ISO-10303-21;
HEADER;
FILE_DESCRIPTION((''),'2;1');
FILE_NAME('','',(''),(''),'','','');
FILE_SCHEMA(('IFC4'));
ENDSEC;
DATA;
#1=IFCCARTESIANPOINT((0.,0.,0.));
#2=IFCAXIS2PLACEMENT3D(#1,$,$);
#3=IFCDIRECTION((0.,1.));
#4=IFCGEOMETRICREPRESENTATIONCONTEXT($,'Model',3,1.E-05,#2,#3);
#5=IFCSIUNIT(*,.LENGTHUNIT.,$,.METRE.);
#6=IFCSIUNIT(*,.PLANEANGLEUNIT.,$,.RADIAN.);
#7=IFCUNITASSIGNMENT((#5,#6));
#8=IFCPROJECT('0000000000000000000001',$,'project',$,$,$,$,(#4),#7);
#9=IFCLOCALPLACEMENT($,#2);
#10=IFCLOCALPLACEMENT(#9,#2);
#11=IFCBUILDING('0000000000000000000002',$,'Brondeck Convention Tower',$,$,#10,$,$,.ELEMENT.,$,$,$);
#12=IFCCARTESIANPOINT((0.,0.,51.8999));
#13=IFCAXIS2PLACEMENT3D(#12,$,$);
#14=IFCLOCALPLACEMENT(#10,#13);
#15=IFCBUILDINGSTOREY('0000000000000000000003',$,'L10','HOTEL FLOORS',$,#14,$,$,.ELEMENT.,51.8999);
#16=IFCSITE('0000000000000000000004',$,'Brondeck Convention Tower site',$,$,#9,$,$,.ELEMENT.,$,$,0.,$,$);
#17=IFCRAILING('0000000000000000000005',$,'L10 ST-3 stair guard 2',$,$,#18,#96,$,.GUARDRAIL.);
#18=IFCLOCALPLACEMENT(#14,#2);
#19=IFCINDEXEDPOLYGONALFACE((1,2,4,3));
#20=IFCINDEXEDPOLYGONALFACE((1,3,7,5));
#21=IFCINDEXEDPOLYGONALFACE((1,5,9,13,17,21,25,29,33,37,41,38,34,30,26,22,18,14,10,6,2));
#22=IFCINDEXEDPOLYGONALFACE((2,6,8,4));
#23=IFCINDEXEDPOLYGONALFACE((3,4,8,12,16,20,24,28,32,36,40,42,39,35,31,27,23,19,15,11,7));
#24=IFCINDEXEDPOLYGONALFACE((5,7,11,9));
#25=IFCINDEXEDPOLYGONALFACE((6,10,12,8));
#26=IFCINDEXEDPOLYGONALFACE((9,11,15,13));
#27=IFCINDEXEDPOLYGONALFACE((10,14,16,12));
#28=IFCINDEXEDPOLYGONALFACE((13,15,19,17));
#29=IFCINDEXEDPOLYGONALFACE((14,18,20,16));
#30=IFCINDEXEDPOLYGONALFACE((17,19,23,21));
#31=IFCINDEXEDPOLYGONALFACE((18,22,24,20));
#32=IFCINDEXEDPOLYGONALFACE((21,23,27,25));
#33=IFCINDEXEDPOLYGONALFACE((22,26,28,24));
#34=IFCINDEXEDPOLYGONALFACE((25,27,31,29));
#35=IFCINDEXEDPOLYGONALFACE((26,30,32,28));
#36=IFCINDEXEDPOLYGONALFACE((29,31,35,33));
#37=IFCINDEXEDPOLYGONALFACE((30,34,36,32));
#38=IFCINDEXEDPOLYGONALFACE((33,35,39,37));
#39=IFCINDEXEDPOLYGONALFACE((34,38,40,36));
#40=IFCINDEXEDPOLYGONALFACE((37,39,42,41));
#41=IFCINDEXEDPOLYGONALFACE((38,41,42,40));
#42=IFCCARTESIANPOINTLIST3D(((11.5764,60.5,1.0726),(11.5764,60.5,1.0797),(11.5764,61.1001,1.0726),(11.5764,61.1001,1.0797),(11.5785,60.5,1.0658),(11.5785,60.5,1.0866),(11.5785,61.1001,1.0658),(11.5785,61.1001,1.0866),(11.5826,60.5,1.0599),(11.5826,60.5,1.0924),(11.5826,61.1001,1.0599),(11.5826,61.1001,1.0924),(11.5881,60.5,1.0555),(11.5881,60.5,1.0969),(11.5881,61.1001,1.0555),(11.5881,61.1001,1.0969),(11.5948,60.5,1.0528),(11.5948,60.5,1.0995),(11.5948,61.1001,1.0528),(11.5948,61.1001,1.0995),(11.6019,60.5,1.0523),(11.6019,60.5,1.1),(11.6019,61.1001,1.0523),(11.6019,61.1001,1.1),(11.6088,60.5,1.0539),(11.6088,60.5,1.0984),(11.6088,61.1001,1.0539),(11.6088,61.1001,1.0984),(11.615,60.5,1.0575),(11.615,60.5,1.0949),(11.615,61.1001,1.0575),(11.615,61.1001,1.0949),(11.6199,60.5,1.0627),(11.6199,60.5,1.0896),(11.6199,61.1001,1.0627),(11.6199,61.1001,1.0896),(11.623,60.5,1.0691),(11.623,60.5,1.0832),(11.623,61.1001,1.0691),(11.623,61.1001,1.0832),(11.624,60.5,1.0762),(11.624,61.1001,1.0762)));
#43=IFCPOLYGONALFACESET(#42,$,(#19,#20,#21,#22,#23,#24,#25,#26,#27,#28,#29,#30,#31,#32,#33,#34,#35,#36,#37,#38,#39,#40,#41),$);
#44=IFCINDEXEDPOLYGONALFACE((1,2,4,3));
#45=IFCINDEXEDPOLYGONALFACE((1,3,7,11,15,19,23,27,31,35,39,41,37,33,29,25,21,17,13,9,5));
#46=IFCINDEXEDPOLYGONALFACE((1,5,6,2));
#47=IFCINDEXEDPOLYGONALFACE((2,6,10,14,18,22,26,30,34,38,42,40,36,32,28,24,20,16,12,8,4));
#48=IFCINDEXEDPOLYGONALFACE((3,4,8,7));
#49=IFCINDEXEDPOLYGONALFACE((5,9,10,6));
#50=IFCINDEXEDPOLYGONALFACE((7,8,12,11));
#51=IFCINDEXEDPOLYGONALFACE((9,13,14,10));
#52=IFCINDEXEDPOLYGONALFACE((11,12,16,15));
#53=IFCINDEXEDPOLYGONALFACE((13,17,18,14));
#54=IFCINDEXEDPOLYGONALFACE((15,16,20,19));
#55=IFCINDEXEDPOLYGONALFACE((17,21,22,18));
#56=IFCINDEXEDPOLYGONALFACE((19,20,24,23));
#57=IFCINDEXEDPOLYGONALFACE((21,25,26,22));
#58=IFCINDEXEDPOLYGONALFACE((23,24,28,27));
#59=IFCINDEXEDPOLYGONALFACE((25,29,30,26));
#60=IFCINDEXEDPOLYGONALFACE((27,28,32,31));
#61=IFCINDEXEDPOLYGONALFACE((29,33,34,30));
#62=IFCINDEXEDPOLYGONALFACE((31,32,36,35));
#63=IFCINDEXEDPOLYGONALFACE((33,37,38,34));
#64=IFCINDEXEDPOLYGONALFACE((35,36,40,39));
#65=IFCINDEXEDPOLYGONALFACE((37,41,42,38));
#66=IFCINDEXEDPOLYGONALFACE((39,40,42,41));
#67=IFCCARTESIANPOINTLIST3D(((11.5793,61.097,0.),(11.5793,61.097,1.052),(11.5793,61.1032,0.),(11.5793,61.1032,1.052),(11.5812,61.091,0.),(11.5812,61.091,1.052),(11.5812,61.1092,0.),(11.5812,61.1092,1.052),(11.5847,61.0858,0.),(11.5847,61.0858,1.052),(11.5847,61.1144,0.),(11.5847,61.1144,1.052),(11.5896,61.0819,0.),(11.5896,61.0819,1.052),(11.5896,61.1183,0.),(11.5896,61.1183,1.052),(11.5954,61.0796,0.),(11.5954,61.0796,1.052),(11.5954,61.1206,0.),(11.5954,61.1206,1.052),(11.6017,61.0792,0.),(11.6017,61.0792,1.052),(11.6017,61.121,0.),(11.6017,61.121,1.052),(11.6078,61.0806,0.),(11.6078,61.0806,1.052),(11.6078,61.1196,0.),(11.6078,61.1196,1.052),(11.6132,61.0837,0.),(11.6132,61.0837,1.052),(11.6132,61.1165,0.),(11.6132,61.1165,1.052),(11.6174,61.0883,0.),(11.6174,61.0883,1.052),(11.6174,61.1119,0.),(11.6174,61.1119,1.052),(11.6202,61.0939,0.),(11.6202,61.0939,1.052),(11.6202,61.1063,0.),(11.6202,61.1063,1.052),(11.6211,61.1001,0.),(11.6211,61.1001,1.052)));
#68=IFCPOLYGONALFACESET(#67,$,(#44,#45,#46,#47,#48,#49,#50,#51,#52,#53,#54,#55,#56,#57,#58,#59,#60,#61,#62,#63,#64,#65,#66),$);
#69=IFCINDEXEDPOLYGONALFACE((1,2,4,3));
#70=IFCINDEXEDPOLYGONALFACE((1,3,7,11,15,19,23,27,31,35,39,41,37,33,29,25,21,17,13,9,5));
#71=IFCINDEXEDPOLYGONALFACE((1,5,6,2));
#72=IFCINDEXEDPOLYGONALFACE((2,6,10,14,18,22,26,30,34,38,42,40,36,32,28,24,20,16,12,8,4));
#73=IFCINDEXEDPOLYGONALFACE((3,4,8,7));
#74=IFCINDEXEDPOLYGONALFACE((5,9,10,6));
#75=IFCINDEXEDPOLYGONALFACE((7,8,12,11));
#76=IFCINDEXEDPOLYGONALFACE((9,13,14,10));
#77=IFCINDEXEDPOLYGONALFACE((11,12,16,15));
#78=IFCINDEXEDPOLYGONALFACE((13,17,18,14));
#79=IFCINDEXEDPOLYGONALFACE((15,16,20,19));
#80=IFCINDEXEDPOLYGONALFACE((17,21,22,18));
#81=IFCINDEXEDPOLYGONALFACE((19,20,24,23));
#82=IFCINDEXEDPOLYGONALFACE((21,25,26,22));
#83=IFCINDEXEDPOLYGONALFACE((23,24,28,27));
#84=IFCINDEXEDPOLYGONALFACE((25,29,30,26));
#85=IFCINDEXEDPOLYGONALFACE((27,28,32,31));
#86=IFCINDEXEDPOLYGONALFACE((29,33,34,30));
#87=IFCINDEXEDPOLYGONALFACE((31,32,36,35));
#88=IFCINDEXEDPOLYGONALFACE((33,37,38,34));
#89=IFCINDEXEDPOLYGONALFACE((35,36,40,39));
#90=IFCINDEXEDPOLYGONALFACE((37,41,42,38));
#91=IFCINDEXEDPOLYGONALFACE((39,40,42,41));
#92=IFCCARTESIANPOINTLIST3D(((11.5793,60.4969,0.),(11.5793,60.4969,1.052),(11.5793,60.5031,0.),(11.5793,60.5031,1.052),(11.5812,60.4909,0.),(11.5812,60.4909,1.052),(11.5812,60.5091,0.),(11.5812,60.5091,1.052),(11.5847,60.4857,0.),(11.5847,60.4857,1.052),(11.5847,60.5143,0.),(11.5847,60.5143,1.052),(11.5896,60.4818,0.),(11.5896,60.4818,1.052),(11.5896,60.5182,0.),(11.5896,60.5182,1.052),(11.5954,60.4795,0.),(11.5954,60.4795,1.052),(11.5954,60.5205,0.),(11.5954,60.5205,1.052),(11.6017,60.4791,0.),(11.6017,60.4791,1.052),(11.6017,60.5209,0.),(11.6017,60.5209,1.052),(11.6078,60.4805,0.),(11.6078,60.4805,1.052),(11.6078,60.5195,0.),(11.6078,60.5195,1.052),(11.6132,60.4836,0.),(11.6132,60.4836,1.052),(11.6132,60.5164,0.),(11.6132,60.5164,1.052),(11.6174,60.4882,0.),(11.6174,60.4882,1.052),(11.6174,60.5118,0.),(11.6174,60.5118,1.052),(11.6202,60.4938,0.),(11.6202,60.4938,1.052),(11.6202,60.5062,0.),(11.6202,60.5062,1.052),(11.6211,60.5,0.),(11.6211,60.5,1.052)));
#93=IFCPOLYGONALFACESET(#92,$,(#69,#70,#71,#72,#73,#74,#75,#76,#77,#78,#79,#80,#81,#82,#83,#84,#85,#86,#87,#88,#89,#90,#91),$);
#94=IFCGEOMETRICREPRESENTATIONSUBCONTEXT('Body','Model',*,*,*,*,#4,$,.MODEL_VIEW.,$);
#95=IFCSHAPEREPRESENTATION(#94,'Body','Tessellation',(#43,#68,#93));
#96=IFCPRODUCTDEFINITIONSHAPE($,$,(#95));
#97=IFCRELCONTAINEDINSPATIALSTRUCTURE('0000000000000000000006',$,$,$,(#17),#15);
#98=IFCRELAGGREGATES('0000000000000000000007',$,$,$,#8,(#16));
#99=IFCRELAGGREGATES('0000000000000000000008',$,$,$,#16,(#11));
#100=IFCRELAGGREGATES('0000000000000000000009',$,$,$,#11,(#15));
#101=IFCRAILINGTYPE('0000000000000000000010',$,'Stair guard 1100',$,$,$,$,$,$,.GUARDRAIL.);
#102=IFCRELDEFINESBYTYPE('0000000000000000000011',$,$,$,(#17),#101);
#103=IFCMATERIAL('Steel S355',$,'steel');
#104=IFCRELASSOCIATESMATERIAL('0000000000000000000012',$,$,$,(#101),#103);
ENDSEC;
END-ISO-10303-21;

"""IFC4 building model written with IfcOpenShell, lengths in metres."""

from ifc_helpers import new_model, si_unit, direction, frame, origin, origin_2d, place, context, subcontext, project, spatial, circle, extrude, material, type_object, element, save


model = new_model("IFC4")

# Units and contexts
model_context = context("Model", 3, precision=1e-05, world=origin(), true_north=direction((0.0, 1.0)))
body_context = subcontext(model_context, "Body", "Model", "MODEL_VIEW")
ifc_project = project(units=[si_unit("LENGTHUNIT", "METRE"), si_unit("PLANEANGLEUNIT", "RADIAN")], contexts=[model_context])

# Site, building, storey
site_placement = place(None, origin())
site = spatial("IfcSite", under=ifc_project, at=site_placement, Name="Brondeck Convention Tower site", CompositionType="ELEMENT", RefElevation=0.0)
building_placement = place(site_placement, origin())
building = spatial("IfcBuilding", under=site, at=building_placement, Name="Brondeck Convention Tower", CompositionType="ELEMENT")
storey_placement = place(building_placement, frame((0.0, 0.0, 51.8999)))
storey = spatial("IfcBuildingStorey", under=building, at=storey_placement, Name="L10", Description="HOTEL FLOORS", CompositionType="ELEMENT", Elevation=51.8999)

# Railing
ifc_material_1 = material(Name="Steel S355", Category="steel")
railing_type_1 = type_object("IfcRailingType", Name="Stair guard 1100", PredefinedType="GUARDRAIL", material=ifc_material_1)
railing_1_placement = place(storey_placement, frame((11.6001, 61.1001, 0.0)))
element("IfcRailing", 1, at=railing_1_placement, inside=storey, type_object=railing_type_1, Name="L10 ST-3 stair guard 2", PredefinedType="GUARDRAIL", context=body_context, shape_type="SweptSolid", body=[
    extrude(circle(Radius=0.0239, at=origin_2d()), frame((0.0, 0.0, 1.0762), z_axis=(0.0, -1.0, 0.0), x_axis=(1.0, 0.0, 0.0)), (0.0, 0.0, 1.0), 0.6001),
    extrude(circle(Radius=0.021, at=origin_2d()), origin(), (0.0, 0.0, 1.0), 1.052),
    extrude(circle(Radius=0.021, at=origin_2d()), frame((0.0, -0.6001, 0.0)), (0.0, 0.0, 1.0), 1.052),
])

save(model, "model.ifc")
